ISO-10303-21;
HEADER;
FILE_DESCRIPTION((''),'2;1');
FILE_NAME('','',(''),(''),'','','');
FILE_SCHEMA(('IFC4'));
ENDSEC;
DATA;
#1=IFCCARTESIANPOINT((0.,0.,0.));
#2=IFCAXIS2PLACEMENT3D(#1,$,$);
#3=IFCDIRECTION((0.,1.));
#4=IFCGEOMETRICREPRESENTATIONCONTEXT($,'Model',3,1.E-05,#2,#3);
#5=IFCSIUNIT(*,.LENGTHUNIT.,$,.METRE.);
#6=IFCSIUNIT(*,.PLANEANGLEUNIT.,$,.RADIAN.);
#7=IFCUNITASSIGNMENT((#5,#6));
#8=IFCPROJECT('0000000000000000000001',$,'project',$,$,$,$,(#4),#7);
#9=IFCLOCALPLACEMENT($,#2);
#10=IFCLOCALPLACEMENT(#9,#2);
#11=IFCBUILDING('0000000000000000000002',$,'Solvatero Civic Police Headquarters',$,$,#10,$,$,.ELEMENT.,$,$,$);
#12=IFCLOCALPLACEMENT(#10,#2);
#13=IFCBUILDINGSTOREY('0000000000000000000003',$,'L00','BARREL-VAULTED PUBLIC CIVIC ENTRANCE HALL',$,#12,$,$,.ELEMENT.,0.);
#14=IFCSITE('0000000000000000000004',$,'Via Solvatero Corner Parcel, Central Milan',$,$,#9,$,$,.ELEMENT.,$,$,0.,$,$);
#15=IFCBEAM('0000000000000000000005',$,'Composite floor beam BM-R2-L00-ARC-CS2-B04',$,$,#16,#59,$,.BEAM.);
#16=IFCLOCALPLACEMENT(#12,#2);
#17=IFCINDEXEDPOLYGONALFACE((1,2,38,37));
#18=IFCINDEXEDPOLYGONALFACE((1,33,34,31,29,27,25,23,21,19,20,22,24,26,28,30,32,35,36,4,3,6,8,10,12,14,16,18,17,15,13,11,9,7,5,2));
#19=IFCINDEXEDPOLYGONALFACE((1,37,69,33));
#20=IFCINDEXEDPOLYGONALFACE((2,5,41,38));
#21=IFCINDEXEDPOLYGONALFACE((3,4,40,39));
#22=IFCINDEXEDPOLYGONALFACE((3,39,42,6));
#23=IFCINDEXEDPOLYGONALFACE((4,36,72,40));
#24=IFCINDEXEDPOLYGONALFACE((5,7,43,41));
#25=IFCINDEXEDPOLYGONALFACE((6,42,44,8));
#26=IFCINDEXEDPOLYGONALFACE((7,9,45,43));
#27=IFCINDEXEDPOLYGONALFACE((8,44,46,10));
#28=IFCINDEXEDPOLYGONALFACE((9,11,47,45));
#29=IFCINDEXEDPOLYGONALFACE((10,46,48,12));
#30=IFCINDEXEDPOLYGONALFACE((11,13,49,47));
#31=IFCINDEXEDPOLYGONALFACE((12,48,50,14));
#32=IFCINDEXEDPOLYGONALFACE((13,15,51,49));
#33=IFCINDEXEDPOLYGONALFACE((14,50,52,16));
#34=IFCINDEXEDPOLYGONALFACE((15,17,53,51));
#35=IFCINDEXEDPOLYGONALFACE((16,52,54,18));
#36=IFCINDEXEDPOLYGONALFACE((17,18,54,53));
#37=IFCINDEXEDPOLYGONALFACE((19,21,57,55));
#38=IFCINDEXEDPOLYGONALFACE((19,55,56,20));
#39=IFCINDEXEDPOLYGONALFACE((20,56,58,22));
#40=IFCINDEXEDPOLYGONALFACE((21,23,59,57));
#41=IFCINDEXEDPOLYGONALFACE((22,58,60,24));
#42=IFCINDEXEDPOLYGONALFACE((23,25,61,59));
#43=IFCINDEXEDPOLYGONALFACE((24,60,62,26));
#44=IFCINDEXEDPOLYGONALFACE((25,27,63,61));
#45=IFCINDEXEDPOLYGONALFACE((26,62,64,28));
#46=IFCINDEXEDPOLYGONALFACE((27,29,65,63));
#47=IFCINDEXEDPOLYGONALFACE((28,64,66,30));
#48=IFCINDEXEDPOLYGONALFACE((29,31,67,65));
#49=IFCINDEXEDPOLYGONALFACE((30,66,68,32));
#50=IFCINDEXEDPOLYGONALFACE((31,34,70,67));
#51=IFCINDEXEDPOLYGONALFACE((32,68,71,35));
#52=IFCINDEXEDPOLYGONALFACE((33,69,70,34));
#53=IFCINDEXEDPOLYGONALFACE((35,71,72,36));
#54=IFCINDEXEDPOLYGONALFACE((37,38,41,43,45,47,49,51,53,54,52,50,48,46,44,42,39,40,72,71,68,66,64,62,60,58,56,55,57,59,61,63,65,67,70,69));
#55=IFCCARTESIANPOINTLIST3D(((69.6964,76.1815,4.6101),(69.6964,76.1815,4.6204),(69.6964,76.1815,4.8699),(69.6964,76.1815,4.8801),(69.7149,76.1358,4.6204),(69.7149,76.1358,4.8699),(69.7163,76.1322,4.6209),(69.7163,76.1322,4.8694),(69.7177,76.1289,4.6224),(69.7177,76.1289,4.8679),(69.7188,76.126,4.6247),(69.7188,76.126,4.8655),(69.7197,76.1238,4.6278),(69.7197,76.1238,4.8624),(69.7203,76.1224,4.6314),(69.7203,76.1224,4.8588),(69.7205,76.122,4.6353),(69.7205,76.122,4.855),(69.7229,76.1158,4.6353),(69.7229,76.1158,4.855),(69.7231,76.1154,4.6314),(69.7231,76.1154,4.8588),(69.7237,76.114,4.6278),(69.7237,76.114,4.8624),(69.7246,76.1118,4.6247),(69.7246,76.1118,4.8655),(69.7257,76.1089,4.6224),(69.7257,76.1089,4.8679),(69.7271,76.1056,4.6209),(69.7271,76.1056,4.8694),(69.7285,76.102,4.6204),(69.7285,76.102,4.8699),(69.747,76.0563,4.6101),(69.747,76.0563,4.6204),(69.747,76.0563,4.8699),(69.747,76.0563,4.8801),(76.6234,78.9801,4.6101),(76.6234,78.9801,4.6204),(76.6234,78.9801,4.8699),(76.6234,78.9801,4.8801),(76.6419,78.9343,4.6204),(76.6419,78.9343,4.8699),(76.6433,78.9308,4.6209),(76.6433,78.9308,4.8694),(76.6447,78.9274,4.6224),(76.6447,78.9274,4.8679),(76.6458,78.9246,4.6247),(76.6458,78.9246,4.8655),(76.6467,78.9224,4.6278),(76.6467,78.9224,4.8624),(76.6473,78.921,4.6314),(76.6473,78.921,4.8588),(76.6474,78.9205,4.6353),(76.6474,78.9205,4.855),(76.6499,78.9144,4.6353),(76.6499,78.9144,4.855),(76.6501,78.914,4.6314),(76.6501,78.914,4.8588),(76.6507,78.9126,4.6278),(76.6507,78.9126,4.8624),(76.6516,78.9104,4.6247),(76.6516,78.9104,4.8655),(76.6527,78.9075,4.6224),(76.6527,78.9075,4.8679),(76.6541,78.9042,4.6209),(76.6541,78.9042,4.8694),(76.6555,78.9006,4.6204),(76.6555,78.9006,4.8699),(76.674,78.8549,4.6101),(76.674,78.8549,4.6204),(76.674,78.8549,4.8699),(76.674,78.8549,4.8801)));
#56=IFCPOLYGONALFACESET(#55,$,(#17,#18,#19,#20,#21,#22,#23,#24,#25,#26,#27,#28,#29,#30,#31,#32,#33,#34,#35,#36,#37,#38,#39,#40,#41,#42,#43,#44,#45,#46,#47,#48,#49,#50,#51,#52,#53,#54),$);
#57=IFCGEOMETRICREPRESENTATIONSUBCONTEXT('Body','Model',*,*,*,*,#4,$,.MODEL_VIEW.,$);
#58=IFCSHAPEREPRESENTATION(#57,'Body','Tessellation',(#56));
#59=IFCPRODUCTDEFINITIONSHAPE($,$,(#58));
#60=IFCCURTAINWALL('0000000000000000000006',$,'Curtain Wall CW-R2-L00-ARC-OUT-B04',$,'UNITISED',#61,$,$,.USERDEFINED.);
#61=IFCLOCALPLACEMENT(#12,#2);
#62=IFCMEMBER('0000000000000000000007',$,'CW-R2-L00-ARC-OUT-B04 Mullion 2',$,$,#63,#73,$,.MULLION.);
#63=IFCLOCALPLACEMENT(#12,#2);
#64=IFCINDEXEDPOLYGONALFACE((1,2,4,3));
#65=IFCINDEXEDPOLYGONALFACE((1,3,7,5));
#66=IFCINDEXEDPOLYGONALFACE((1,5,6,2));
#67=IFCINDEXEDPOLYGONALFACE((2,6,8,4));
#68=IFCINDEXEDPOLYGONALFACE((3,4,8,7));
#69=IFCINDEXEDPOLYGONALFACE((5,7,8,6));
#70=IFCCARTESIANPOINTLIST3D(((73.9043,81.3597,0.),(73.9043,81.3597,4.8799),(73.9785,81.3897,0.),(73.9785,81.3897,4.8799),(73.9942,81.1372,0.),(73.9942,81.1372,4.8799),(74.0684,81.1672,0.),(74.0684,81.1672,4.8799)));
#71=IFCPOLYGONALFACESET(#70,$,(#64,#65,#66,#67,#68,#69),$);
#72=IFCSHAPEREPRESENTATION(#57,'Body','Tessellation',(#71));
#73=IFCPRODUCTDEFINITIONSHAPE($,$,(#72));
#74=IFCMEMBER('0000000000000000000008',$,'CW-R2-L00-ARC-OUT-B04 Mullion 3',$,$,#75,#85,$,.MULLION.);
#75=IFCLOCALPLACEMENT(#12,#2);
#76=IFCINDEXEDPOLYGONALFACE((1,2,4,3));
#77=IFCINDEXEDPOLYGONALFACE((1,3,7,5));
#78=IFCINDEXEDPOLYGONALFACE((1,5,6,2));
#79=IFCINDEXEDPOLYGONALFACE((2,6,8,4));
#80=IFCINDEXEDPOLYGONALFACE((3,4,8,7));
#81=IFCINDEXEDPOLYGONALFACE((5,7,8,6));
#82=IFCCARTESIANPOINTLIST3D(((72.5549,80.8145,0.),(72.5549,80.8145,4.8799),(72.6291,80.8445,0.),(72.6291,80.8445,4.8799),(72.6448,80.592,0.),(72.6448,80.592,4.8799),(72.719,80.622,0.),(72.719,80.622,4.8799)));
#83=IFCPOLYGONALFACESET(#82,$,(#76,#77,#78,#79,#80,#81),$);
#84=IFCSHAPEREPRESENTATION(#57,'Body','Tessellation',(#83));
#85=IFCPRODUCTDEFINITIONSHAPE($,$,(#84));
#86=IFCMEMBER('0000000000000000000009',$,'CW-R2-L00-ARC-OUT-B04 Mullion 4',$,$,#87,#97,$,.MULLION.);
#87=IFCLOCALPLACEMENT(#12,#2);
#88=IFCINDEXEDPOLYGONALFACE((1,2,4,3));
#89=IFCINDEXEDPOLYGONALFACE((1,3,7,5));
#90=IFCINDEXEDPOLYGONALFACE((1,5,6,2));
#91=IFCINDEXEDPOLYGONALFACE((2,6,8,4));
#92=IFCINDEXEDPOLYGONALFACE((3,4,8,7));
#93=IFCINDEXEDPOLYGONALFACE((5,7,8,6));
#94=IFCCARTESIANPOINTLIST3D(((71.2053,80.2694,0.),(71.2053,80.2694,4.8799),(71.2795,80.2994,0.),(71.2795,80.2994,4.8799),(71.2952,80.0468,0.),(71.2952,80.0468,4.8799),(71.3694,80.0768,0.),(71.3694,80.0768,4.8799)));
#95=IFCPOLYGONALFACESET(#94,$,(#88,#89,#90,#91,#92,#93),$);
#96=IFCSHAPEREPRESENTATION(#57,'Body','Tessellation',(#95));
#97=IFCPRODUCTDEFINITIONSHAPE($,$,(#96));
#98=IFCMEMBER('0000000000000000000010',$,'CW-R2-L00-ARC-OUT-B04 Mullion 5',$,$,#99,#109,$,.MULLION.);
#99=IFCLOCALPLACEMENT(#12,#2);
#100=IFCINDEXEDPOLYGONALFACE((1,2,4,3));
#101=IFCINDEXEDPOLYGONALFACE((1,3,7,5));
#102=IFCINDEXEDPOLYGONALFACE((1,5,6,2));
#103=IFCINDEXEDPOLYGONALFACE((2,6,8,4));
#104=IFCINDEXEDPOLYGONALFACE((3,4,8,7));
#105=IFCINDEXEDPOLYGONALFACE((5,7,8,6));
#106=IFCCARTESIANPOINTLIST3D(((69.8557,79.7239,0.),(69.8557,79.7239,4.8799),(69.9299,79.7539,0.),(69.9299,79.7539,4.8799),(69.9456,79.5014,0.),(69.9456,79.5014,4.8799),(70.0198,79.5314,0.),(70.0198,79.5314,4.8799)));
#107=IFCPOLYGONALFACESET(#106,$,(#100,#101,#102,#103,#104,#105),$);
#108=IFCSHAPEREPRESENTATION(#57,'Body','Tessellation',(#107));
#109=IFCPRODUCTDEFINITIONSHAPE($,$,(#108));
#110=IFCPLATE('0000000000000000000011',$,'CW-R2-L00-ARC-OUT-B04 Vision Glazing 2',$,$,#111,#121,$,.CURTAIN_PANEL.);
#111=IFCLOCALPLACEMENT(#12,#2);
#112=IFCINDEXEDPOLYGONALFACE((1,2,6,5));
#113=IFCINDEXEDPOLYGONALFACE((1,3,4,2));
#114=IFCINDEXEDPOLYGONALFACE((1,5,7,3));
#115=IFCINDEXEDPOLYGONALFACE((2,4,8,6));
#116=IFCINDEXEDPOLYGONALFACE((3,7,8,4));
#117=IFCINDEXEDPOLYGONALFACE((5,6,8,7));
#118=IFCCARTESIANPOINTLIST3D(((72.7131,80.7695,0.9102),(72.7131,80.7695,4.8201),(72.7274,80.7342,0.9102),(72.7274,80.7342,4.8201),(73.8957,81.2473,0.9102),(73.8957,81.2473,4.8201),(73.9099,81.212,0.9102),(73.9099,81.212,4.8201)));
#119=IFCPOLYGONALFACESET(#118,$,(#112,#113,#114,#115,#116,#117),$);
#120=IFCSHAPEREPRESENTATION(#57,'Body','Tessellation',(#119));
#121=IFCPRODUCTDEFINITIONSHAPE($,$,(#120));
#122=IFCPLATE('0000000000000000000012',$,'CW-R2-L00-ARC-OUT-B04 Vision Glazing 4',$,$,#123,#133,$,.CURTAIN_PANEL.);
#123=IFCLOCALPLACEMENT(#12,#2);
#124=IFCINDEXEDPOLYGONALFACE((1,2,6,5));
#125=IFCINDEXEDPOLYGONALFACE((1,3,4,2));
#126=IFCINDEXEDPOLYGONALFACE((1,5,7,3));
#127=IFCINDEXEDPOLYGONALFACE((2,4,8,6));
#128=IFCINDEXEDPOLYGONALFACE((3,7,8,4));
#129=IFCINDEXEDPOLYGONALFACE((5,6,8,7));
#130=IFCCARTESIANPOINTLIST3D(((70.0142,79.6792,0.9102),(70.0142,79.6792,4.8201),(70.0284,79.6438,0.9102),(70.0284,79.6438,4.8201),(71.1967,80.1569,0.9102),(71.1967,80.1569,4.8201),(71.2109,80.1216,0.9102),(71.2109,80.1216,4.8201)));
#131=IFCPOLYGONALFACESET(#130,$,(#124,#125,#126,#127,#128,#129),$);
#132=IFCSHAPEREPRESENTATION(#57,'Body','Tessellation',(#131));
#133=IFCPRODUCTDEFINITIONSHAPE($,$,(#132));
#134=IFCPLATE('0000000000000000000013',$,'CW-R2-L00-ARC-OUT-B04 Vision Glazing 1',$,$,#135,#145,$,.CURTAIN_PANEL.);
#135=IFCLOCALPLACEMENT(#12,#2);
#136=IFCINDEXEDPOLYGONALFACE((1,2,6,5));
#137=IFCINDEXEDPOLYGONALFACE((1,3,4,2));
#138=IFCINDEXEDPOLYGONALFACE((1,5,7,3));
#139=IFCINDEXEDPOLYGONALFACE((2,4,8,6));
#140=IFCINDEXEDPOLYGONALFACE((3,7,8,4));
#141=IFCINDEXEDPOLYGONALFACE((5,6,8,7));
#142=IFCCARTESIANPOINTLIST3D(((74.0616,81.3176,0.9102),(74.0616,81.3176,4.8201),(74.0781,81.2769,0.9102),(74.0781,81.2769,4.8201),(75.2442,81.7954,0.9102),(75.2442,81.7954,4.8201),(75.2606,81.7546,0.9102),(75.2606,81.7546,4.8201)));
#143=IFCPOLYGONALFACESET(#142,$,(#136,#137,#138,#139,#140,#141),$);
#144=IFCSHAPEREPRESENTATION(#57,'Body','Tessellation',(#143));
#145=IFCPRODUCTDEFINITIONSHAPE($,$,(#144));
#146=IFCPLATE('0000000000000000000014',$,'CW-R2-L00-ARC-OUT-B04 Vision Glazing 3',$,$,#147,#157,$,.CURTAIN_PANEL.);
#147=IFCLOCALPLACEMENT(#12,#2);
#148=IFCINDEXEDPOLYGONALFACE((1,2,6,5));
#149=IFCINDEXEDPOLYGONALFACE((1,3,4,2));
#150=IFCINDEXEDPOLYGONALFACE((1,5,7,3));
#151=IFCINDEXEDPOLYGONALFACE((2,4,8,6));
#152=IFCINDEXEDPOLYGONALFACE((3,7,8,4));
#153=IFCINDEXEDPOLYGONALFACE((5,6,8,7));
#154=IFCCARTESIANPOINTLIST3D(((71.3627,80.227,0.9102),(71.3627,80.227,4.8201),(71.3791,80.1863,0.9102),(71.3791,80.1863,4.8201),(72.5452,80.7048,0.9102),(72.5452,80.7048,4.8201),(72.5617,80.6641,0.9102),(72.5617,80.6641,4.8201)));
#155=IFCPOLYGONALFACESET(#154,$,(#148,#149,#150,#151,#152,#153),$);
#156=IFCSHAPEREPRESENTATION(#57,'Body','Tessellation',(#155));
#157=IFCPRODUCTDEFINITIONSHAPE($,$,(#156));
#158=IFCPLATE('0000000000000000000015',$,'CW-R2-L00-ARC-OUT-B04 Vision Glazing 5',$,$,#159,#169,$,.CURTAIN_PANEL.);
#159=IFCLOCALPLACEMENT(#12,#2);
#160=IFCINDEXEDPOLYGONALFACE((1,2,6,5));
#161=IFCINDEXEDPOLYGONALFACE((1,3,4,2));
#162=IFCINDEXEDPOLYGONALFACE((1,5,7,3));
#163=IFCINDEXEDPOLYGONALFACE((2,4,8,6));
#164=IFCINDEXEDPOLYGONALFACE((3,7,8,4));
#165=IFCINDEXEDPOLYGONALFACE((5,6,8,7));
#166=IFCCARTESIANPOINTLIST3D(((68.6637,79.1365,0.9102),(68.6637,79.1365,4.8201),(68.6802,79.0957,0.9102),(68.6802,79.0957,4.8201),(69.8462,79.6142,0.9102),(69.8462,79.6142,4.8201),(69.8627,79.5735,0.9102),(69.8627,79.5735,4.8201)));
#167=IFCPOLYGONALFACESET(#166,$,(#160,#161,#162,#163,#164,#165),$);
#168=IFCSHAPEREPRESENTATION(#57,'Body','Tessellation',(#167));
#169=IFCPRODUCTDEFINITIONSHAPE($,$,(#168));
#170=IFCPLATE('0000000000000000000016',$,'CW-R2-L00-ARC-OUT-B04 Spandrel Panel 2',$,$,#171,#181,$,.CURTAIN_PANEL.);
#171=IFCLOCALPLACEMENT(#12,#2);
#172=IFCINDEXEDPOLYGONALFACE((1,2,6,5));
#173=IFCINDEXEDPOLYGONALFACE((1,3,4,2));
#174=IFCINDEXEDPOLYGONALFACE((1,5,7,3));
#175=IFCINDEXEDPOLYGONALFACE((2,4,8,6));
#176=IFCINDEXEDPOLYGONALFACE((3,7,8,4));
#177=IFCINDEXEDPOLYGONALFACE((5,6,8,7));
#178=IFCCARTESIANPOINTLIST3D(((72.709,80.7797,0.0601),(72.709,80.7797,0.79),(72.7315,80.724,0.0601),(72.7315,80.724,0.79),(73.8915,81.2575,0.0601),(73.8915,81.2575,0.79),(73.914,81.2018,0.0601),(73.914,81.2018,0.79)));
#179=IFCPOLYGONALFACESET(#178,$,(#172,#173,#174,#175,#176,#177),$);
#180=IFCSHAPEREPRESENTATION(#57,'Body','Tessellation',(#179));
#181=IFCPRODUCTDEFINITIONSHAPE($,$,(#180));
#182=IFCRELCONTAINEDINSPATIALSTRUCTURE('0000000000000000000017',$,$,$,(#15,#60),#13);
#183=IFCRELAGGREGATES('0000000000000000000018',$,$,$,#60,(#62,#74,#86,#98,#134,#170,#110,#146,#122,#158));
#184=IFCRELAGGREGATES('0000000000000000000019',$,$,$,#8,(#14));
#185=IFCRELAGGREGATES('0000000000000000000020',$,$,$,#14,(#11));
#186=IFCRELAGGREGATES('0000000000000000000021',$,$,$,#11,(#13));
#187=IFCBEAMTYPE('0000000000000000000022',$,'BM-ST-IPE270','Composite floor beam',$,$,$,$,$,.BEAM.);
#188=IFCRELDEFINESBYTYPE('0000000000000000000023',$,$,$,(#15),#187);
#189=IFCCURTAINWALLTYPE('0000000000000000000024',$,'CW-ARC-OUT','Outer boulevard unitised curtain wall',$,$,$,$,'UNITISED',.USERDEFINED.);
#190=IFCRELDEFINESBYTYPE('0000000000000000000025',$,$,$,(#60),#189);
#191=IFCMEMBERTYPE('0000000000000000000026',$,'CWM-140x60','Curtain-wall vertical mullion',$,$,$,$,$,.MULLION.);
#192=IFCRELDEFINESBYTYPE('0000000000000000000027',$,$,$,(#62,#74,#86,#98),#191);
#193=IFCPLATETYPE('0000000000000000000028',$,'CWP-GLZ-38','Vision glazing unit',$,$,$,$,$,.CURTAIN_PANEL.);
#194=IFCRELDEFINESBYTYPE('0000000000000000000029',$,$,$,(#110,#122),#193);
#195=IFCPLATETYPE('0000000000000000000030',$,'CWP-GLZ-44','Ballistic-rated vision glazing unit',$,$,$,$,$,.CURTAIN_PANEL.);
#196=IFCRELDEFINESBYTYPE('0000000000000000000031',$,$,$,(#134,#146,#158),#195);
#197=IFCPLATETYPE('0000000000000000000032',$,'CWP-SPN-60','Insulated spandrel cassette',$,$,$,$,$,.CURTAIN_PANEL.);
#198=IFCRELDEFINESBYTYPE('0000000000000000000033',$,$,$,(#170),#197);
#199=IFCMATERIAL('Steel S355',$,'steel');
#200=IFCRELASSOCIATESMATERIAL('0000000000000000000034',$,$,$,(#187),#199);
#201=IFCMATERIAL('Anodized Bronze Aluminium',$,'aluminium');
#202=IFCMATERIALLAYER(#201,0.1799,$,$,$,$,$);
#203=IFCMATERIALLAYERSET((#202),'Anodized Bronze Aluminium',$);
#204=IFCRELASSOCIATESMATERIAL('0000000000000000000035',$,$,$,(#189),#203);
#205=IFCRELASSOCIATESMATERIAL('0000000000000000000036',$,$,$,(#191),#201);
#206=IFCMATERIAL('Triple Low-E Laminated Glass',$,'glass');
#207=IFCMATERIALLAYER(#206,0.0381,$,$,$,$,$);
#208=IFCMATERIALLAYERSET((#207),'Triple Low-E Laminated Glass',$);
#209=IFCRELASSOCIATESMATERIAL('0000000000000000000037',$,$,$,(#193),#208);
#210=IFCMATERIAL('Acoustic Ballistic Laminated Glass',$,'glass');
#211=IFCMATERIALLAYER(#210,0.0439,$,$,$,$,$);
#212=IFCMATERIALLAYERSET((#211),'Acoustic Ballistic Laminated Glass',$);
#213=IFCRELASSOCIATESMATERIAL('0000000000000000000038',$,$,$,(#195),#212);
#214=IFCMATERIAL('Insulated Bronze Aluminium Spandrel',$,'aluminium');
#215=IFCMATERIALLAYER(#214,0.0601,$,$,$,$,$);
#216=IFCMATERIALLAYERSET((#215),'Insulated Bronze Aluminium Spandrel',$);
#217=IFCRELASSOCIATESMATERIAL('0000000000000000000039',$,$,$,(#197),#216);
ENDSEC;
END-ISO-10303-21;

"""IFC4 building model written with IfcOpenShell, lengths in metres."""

from ifc_helpers import new_model, si_unit, direction, frame, origin, origin_2d, place, context, subcontext, project, spatial, rectangle, i_section, extrude, material, layer, layer_set, material_profile, profile_set, type_object, element, aggregate, save


model = new_model("IFC4")

# Units and contexts
model_context = context("Model", 3, precision=1e-05, world=origin(), true_north=direction((0.0, 1.0)))
body_context = subcontext(model_context, "Body", "Model", "MODEL_VIEW")
ifc_project = project(units=[si_unit("LENGTHUNIT", "METRE"), si_unit("PLANEANGLEUNIT", "RADIAN")], contexts=[model_context])

# Site, building, storey
site_placement = place(None, origin())
site = spatial("IfcSite", under=ifc_project, at=site_placement, Name="Via Solvatero Corner Parcel, Central Milan", CompositionType="ELEMENT", RefElevation=0.0)
building_placement = place(site_placement, origin())
building = spatial("IfcBuilding", under=site, at=building_placement, Name="Solvatero Civic Police Headquarters", CompositionType="ELEMENT")
storey_placement = place(building_placement, origin())
storey = spatial("IfcBuildingStorey", under=building, at=storey_placement, Name="L00", Description="BARREL-VAULTED PUBLIC CIVIC ENTRANCE HALL", CompositionType="ELEMENT", Elevation=0.0)

# Beam
ifc_material_1 = material(Name="Steel S355", Category="steel")
ifc_material_profile_1 = material_profile(ifc_material_1, i_section(OverallWidth=0.135, OverallDepth=0.27, WebThickness=0.0066, FlangeThickness=0.0103, FilletRadius=0.0149, at=origin_2d()), Name="IPE 270")
ifc_profile_set_1 = profile_set([ifc_material_profile_1], Name="Steel S355")
beam_type = type_object("IfcBeamType", Name="BM-ST-IPE270", Description="Composite floor beam", PredefinedType="BEAM", material=ifc_profile_set_1)
beam_placement = place(storey_placement, frame((76.6487, 78.9175, 4.7451), z_axis=(-0.927189, -0.374594, 0.0), x_axis=(0.374594, -0.927189, 0.0)))
element("IfcBeam", 1, at=beam_placement, inside=storey, type_object=beam_type, Name="Composite floor beam BM-R2-L00-ARC-CS2-B04", PredefinedType="BEAM", context=body_context, shape_type="SweptSolid", body=[
    extrude(i_section(OverallWidth=0.135, OverallDepth=0.27, WebThickness=0.0066, FlangeThickness=0.0103, FilletRadius=0.0149, at=origin_2d()), origin(), (0.0, 0.0, 1.0), 7.4709),
])

# Curtain wall, members, plates
ifc_material_2 = material(Name="Anodized Bronze Aluminium", Category="aluminium")
ifc_layer_1 = layer(ifc_material_2, 0.1799)
ifc_layer_set_1 = layer_set([ifc_layer_1], Name="Anodized Bronze Aluminium")
curtain_wall_type = type_object("IfcCurtainWallType", Name="CW-ARC-OUT", Description="Outer boulevard unitised curtain wall", ElementType="UNITISED", PredefinedType="USERDEFINED", material=ifc_layer_set_1)
curtain_wall_placement = place(storey_placement, origin())
curtain_wall = element("IfcCurtainWall", 2, at=curtain_wall_placement, inside=storey, type_object=curtain_wall_type, Name="Curtain Wall CW-R2-L00-ARC-OUT-B04", ObjectType="UNITISED", PredefinedType="USERDEFINED")
ifc_material_profile_2 = material_profile(ifc_material_2, rectangle(XDim=0.0801, YDim=0.24, at=origin_2d()), Name="ALU MULLION 80x240")
ifc_profile_set_2 = profile_set([ifc_material_profile_2], Name="Anodized Bronze Aluminium")
member_type = type_object("IfcMemberType", Name="CWM-140x60", Description="Curtain-wall vertical mullion", PredefinedType="MULLION", material=ifc_profile_set_2)
member_1_placement = place(storey_placement, frame((73.9863, 81.2634, 0.0), z_axis=(0.0, 0.0, 1.0), x_axis=(-0.927184, -0.374607, 0.0)))
member_1 = element("IfcMember", 3, at=member_1_placement, type_object=member_type, Name="CW-R2-L00-ARC-OUT-B04 Mullion 2", PredefinedType="MULLION", context=body_context, shape_type="SweptSolid", body=[
    extrude(rectangle(XDim=0.0801, YDim=0.24, at=origin_2d()), origin(), (0.0, 0.0, 1.0), 4.8799),
])
member_2_placement = place(storey_placement, frame((72.637, 80.7183, 0.0), z_axis=(0.0, 0.0, 1.0), x_axis=(-0.927184, -0.374607, 0.0)))
member_2 = element("IfcMember", 4, at=member_2_placement, type_object=member_type, Name="CW-R2-L00-ARC-OUT-B04 Mullion 3", PredefinedType="MULLION", context=body_context, shape_type="SweptSolid", body=[
    extrude(rectangle(XDim=0.0801, YDim=0.24, at=origin_2d()), origin(), (0.0, 0.0, 1.0), 4.8799),
])
member_3_placement = place(storey_placement, frame((71.2874, 80.1731, 0.0), z_axis=(0.0, 0.0, 1.0), x_axis=(-0.927184, -0.374607, 0.0)))
member_3 = element("IfcMember", 5, at=member_3_placement, type_object=member_type, Name="CW-R2-L00-ARC-OUT-B04 Mullion 4", PredefinedType="MULLION", context=body_context, shape_type="SweptSolid", body=[
    extrude(rectangle(XDim=0.0801, YDim=0.24, at=origin_2d()), origin(), (0.0, 0.0, 1.0), 4.8799),
])
member_4_placement = place(storey_placement, frame((69.9377, 79.6277, 0.0), z_axis=(0.0, 0.0, 1.0), x_axis=(-0.927184, -0.374607, 0.0)))
member_4 = element("IfcMember", 6, at=member_4_placement, type_object=member_type, Name="CW-R2-L00-ARC-OUT-B04 Mullion 5", PredefinedType="MULLION", context=body_context, shape_type="SweptSolid", body=[
    extrude(rectangle(XDim=0.0801, YDim=0.24, at=origin_2d()), origin(), (0.0, 0.0, 1.0), 4.8799),
])
ifc_material_3 = material(Name="Triple Low-E Laminated Glass", Category="glass")
ifc_layer_2 = layer(ifc_material_3, 0.0381)
ifc_layer_set_2 = layer_set([ifc_layer_2], Name="Triple Low-E Laminated Glass")
plate_type_1 = type_object("IfcPlateType", Name="CWP-GLZ-38", Description="Vision glazing unit", PredefinedType="CURTAIN_PANEL", material=ifc_layer_set_2)
plate_1_placement = place(storey_placement, frame((73.3115, 80.9907, 0.9102), z_axis=(0.0, 0.0, 1.0), x_axis=(-0.927184, -0.374607, 0.0)))
plate_1 = element("IfcPlate", 7, at=plate_1_placement, type_object=plate_type_1, Name="CW-R2-L00-ARC-OUT-B04 Vision Glazing 2", PredefinedType="CURTAIN_PANEL", context=body_context, shape_type="SweptSolid", body=[
    extrude(rectangle(XDim=1.2754, YDim=0.0381, at=origin_2d()), origin(), (0.0, 0.0, 1.0), 3.9099),
])
plate_2_placement = place(storey_placement, frame((70.6125, 79.9004, 0.9102), z_axis=(0.0, 0.0, 1.0), x_axis=(-0.927184, -0.374607, 0.0)))
plate_2 = element("IfcPlate", 8, at=plate_2_placement, type_object=plate_type_1, Name="CW-R2-L00-ARC-OUT-B04 Vision Glazing 4", PredefinedType="CURTAIN_PANEL", context=body_context, shape_type="SweptSolid", body=[
    extrude(rectangle(XDim=1.2754, YDim=0.0381, at=origin_2d()), origin(), (0.0, 0.0, 1.0), 3.9099),
])
ifc_material_4 = material(Name="Acoustic Ballistic Laminated Glass", Category="glass")
ifc_layer_3 = layer(ifc_material_4, 0.0439)
ifc_layer_set_3 = layer_set([ifc_layer_3], Name="Acoustic Ballistic Laminated Glass")
plate_type_2 = type_object("IfcPlateType", Name="CWP-GLZ-44", Description="Ballistic-rated vision glazing unit", PredefinedType="CURTAIN_PANEL", material=ifc_layer_set_3)
plate_3_placement = place(storey_placement, frame((74.6611, 81.5361, 0.9102), z_axis=(0.0, 0.0, 1.0), x_axis=(-0.927184, -0.374607, 0.0)))
plate_3 = element("IfcPlate", 9, at=plate_3_placement, type_object=plate_type_2, Name="CW-R2-L00-ARC-OUT-B04 Vision Glazing 1", PredefinedType="CURTAIN_PANEL", context=body_context, shape_type="SweptSolid", body=[
    extrude(rectangle(XDim=1.2754, YDim=0.0439, at=origin_2d()), origin(), (0.0, 0.0, 1.0), 3.9099),
])
plate_4_placement = place(storey_placement, frame((71.9622, 80.4456, 0.9102), z_axis=(0.0, 0.0, 1.0), x_axis=(-0.927184, -0.374607, 0.0)))
plate_4 = element("IfcPlate", 10, at=plate_4_placement, type_object=plate_type_2, Name="CW-R2-L00-ARC-OUT-B04 Vision Glazing 3", PredefinedType="CURTAIN_PANEL", context=body_context, shape_type="SweptSolid", body=[
    extrude(rectangle(XDim=1.2754, YDim=0.0439, at=origin_2d()), origin(), (0.0, 0.0, 1.0), 3.9099),
])
plate_5_placement = place(storey_placement, frame((69.2632, 79.355, 0.9102), z_axis=(0.0, 0.0, 1.0), x_axis=(-0.927184, -0.374607, 0.0)))
plate_5 = element("IfcPlate", 11, at=plate_5_placement, type_object=plate_type_2, Name="CW-R2-L00-ARC-OUT-B04 Vision Glazing 5", PredefinedType="CURTAIN_PANEL", context=body_context, shape_type="SweptSolid", body=[
    extrude(rectangle(XDim=1.2754, YDim=0.0439, at=origin_2d()), origin(), (0.0, 0.0, 1.0), 3.9099),
])
ifc_material_5 = material(Name="Insulated Bronze Aluminium Spandrel", Category="aluminium")
ifc_layer_4 = layer(ifc_material_5, 0.0601)
ifc_layer_set_4 = layer_set([ifc_layer_4], Name="Insulated Bronze Aluminium Spandrel")
plate_type_3 = type_object("IfcPlateType", Name="CWP-SPN-60", Description="Insulated spandrel cassette", PredefinedType="CURTAIN_PANEL", material=ifc_layer_set_4)
plate_6_placement = place(storey_placement, frame((73.3115, 80.9907, 0.0601), z_axis=(0.0, 0.0, 1.0), x_axis=(-0.927184, -0.374607, 0.0)))
plate_6 = element("IfcPlate", 12, at=plate_6_placement, type_object=plate_type_3, Name="CW-R2-L00-ARC-OUT-B04 Spandrel Panel 2", PredefinedType="CURTAIN_PANEL", context=body_context, shape_type="SweptSolid", body=[
    extrude(rectangle(XDim=1.2754, YDim=0.0601, at=origin_2d()), origin(), (0.0, 0.0, 1.0), 0.73),
])
aggregate(curtain_wall, [member_1, member_2, member_3, member_4, plate_3, plate_6, plate_1, plate_4, plate_2, plate_5])

save(model, "model.ifc")
